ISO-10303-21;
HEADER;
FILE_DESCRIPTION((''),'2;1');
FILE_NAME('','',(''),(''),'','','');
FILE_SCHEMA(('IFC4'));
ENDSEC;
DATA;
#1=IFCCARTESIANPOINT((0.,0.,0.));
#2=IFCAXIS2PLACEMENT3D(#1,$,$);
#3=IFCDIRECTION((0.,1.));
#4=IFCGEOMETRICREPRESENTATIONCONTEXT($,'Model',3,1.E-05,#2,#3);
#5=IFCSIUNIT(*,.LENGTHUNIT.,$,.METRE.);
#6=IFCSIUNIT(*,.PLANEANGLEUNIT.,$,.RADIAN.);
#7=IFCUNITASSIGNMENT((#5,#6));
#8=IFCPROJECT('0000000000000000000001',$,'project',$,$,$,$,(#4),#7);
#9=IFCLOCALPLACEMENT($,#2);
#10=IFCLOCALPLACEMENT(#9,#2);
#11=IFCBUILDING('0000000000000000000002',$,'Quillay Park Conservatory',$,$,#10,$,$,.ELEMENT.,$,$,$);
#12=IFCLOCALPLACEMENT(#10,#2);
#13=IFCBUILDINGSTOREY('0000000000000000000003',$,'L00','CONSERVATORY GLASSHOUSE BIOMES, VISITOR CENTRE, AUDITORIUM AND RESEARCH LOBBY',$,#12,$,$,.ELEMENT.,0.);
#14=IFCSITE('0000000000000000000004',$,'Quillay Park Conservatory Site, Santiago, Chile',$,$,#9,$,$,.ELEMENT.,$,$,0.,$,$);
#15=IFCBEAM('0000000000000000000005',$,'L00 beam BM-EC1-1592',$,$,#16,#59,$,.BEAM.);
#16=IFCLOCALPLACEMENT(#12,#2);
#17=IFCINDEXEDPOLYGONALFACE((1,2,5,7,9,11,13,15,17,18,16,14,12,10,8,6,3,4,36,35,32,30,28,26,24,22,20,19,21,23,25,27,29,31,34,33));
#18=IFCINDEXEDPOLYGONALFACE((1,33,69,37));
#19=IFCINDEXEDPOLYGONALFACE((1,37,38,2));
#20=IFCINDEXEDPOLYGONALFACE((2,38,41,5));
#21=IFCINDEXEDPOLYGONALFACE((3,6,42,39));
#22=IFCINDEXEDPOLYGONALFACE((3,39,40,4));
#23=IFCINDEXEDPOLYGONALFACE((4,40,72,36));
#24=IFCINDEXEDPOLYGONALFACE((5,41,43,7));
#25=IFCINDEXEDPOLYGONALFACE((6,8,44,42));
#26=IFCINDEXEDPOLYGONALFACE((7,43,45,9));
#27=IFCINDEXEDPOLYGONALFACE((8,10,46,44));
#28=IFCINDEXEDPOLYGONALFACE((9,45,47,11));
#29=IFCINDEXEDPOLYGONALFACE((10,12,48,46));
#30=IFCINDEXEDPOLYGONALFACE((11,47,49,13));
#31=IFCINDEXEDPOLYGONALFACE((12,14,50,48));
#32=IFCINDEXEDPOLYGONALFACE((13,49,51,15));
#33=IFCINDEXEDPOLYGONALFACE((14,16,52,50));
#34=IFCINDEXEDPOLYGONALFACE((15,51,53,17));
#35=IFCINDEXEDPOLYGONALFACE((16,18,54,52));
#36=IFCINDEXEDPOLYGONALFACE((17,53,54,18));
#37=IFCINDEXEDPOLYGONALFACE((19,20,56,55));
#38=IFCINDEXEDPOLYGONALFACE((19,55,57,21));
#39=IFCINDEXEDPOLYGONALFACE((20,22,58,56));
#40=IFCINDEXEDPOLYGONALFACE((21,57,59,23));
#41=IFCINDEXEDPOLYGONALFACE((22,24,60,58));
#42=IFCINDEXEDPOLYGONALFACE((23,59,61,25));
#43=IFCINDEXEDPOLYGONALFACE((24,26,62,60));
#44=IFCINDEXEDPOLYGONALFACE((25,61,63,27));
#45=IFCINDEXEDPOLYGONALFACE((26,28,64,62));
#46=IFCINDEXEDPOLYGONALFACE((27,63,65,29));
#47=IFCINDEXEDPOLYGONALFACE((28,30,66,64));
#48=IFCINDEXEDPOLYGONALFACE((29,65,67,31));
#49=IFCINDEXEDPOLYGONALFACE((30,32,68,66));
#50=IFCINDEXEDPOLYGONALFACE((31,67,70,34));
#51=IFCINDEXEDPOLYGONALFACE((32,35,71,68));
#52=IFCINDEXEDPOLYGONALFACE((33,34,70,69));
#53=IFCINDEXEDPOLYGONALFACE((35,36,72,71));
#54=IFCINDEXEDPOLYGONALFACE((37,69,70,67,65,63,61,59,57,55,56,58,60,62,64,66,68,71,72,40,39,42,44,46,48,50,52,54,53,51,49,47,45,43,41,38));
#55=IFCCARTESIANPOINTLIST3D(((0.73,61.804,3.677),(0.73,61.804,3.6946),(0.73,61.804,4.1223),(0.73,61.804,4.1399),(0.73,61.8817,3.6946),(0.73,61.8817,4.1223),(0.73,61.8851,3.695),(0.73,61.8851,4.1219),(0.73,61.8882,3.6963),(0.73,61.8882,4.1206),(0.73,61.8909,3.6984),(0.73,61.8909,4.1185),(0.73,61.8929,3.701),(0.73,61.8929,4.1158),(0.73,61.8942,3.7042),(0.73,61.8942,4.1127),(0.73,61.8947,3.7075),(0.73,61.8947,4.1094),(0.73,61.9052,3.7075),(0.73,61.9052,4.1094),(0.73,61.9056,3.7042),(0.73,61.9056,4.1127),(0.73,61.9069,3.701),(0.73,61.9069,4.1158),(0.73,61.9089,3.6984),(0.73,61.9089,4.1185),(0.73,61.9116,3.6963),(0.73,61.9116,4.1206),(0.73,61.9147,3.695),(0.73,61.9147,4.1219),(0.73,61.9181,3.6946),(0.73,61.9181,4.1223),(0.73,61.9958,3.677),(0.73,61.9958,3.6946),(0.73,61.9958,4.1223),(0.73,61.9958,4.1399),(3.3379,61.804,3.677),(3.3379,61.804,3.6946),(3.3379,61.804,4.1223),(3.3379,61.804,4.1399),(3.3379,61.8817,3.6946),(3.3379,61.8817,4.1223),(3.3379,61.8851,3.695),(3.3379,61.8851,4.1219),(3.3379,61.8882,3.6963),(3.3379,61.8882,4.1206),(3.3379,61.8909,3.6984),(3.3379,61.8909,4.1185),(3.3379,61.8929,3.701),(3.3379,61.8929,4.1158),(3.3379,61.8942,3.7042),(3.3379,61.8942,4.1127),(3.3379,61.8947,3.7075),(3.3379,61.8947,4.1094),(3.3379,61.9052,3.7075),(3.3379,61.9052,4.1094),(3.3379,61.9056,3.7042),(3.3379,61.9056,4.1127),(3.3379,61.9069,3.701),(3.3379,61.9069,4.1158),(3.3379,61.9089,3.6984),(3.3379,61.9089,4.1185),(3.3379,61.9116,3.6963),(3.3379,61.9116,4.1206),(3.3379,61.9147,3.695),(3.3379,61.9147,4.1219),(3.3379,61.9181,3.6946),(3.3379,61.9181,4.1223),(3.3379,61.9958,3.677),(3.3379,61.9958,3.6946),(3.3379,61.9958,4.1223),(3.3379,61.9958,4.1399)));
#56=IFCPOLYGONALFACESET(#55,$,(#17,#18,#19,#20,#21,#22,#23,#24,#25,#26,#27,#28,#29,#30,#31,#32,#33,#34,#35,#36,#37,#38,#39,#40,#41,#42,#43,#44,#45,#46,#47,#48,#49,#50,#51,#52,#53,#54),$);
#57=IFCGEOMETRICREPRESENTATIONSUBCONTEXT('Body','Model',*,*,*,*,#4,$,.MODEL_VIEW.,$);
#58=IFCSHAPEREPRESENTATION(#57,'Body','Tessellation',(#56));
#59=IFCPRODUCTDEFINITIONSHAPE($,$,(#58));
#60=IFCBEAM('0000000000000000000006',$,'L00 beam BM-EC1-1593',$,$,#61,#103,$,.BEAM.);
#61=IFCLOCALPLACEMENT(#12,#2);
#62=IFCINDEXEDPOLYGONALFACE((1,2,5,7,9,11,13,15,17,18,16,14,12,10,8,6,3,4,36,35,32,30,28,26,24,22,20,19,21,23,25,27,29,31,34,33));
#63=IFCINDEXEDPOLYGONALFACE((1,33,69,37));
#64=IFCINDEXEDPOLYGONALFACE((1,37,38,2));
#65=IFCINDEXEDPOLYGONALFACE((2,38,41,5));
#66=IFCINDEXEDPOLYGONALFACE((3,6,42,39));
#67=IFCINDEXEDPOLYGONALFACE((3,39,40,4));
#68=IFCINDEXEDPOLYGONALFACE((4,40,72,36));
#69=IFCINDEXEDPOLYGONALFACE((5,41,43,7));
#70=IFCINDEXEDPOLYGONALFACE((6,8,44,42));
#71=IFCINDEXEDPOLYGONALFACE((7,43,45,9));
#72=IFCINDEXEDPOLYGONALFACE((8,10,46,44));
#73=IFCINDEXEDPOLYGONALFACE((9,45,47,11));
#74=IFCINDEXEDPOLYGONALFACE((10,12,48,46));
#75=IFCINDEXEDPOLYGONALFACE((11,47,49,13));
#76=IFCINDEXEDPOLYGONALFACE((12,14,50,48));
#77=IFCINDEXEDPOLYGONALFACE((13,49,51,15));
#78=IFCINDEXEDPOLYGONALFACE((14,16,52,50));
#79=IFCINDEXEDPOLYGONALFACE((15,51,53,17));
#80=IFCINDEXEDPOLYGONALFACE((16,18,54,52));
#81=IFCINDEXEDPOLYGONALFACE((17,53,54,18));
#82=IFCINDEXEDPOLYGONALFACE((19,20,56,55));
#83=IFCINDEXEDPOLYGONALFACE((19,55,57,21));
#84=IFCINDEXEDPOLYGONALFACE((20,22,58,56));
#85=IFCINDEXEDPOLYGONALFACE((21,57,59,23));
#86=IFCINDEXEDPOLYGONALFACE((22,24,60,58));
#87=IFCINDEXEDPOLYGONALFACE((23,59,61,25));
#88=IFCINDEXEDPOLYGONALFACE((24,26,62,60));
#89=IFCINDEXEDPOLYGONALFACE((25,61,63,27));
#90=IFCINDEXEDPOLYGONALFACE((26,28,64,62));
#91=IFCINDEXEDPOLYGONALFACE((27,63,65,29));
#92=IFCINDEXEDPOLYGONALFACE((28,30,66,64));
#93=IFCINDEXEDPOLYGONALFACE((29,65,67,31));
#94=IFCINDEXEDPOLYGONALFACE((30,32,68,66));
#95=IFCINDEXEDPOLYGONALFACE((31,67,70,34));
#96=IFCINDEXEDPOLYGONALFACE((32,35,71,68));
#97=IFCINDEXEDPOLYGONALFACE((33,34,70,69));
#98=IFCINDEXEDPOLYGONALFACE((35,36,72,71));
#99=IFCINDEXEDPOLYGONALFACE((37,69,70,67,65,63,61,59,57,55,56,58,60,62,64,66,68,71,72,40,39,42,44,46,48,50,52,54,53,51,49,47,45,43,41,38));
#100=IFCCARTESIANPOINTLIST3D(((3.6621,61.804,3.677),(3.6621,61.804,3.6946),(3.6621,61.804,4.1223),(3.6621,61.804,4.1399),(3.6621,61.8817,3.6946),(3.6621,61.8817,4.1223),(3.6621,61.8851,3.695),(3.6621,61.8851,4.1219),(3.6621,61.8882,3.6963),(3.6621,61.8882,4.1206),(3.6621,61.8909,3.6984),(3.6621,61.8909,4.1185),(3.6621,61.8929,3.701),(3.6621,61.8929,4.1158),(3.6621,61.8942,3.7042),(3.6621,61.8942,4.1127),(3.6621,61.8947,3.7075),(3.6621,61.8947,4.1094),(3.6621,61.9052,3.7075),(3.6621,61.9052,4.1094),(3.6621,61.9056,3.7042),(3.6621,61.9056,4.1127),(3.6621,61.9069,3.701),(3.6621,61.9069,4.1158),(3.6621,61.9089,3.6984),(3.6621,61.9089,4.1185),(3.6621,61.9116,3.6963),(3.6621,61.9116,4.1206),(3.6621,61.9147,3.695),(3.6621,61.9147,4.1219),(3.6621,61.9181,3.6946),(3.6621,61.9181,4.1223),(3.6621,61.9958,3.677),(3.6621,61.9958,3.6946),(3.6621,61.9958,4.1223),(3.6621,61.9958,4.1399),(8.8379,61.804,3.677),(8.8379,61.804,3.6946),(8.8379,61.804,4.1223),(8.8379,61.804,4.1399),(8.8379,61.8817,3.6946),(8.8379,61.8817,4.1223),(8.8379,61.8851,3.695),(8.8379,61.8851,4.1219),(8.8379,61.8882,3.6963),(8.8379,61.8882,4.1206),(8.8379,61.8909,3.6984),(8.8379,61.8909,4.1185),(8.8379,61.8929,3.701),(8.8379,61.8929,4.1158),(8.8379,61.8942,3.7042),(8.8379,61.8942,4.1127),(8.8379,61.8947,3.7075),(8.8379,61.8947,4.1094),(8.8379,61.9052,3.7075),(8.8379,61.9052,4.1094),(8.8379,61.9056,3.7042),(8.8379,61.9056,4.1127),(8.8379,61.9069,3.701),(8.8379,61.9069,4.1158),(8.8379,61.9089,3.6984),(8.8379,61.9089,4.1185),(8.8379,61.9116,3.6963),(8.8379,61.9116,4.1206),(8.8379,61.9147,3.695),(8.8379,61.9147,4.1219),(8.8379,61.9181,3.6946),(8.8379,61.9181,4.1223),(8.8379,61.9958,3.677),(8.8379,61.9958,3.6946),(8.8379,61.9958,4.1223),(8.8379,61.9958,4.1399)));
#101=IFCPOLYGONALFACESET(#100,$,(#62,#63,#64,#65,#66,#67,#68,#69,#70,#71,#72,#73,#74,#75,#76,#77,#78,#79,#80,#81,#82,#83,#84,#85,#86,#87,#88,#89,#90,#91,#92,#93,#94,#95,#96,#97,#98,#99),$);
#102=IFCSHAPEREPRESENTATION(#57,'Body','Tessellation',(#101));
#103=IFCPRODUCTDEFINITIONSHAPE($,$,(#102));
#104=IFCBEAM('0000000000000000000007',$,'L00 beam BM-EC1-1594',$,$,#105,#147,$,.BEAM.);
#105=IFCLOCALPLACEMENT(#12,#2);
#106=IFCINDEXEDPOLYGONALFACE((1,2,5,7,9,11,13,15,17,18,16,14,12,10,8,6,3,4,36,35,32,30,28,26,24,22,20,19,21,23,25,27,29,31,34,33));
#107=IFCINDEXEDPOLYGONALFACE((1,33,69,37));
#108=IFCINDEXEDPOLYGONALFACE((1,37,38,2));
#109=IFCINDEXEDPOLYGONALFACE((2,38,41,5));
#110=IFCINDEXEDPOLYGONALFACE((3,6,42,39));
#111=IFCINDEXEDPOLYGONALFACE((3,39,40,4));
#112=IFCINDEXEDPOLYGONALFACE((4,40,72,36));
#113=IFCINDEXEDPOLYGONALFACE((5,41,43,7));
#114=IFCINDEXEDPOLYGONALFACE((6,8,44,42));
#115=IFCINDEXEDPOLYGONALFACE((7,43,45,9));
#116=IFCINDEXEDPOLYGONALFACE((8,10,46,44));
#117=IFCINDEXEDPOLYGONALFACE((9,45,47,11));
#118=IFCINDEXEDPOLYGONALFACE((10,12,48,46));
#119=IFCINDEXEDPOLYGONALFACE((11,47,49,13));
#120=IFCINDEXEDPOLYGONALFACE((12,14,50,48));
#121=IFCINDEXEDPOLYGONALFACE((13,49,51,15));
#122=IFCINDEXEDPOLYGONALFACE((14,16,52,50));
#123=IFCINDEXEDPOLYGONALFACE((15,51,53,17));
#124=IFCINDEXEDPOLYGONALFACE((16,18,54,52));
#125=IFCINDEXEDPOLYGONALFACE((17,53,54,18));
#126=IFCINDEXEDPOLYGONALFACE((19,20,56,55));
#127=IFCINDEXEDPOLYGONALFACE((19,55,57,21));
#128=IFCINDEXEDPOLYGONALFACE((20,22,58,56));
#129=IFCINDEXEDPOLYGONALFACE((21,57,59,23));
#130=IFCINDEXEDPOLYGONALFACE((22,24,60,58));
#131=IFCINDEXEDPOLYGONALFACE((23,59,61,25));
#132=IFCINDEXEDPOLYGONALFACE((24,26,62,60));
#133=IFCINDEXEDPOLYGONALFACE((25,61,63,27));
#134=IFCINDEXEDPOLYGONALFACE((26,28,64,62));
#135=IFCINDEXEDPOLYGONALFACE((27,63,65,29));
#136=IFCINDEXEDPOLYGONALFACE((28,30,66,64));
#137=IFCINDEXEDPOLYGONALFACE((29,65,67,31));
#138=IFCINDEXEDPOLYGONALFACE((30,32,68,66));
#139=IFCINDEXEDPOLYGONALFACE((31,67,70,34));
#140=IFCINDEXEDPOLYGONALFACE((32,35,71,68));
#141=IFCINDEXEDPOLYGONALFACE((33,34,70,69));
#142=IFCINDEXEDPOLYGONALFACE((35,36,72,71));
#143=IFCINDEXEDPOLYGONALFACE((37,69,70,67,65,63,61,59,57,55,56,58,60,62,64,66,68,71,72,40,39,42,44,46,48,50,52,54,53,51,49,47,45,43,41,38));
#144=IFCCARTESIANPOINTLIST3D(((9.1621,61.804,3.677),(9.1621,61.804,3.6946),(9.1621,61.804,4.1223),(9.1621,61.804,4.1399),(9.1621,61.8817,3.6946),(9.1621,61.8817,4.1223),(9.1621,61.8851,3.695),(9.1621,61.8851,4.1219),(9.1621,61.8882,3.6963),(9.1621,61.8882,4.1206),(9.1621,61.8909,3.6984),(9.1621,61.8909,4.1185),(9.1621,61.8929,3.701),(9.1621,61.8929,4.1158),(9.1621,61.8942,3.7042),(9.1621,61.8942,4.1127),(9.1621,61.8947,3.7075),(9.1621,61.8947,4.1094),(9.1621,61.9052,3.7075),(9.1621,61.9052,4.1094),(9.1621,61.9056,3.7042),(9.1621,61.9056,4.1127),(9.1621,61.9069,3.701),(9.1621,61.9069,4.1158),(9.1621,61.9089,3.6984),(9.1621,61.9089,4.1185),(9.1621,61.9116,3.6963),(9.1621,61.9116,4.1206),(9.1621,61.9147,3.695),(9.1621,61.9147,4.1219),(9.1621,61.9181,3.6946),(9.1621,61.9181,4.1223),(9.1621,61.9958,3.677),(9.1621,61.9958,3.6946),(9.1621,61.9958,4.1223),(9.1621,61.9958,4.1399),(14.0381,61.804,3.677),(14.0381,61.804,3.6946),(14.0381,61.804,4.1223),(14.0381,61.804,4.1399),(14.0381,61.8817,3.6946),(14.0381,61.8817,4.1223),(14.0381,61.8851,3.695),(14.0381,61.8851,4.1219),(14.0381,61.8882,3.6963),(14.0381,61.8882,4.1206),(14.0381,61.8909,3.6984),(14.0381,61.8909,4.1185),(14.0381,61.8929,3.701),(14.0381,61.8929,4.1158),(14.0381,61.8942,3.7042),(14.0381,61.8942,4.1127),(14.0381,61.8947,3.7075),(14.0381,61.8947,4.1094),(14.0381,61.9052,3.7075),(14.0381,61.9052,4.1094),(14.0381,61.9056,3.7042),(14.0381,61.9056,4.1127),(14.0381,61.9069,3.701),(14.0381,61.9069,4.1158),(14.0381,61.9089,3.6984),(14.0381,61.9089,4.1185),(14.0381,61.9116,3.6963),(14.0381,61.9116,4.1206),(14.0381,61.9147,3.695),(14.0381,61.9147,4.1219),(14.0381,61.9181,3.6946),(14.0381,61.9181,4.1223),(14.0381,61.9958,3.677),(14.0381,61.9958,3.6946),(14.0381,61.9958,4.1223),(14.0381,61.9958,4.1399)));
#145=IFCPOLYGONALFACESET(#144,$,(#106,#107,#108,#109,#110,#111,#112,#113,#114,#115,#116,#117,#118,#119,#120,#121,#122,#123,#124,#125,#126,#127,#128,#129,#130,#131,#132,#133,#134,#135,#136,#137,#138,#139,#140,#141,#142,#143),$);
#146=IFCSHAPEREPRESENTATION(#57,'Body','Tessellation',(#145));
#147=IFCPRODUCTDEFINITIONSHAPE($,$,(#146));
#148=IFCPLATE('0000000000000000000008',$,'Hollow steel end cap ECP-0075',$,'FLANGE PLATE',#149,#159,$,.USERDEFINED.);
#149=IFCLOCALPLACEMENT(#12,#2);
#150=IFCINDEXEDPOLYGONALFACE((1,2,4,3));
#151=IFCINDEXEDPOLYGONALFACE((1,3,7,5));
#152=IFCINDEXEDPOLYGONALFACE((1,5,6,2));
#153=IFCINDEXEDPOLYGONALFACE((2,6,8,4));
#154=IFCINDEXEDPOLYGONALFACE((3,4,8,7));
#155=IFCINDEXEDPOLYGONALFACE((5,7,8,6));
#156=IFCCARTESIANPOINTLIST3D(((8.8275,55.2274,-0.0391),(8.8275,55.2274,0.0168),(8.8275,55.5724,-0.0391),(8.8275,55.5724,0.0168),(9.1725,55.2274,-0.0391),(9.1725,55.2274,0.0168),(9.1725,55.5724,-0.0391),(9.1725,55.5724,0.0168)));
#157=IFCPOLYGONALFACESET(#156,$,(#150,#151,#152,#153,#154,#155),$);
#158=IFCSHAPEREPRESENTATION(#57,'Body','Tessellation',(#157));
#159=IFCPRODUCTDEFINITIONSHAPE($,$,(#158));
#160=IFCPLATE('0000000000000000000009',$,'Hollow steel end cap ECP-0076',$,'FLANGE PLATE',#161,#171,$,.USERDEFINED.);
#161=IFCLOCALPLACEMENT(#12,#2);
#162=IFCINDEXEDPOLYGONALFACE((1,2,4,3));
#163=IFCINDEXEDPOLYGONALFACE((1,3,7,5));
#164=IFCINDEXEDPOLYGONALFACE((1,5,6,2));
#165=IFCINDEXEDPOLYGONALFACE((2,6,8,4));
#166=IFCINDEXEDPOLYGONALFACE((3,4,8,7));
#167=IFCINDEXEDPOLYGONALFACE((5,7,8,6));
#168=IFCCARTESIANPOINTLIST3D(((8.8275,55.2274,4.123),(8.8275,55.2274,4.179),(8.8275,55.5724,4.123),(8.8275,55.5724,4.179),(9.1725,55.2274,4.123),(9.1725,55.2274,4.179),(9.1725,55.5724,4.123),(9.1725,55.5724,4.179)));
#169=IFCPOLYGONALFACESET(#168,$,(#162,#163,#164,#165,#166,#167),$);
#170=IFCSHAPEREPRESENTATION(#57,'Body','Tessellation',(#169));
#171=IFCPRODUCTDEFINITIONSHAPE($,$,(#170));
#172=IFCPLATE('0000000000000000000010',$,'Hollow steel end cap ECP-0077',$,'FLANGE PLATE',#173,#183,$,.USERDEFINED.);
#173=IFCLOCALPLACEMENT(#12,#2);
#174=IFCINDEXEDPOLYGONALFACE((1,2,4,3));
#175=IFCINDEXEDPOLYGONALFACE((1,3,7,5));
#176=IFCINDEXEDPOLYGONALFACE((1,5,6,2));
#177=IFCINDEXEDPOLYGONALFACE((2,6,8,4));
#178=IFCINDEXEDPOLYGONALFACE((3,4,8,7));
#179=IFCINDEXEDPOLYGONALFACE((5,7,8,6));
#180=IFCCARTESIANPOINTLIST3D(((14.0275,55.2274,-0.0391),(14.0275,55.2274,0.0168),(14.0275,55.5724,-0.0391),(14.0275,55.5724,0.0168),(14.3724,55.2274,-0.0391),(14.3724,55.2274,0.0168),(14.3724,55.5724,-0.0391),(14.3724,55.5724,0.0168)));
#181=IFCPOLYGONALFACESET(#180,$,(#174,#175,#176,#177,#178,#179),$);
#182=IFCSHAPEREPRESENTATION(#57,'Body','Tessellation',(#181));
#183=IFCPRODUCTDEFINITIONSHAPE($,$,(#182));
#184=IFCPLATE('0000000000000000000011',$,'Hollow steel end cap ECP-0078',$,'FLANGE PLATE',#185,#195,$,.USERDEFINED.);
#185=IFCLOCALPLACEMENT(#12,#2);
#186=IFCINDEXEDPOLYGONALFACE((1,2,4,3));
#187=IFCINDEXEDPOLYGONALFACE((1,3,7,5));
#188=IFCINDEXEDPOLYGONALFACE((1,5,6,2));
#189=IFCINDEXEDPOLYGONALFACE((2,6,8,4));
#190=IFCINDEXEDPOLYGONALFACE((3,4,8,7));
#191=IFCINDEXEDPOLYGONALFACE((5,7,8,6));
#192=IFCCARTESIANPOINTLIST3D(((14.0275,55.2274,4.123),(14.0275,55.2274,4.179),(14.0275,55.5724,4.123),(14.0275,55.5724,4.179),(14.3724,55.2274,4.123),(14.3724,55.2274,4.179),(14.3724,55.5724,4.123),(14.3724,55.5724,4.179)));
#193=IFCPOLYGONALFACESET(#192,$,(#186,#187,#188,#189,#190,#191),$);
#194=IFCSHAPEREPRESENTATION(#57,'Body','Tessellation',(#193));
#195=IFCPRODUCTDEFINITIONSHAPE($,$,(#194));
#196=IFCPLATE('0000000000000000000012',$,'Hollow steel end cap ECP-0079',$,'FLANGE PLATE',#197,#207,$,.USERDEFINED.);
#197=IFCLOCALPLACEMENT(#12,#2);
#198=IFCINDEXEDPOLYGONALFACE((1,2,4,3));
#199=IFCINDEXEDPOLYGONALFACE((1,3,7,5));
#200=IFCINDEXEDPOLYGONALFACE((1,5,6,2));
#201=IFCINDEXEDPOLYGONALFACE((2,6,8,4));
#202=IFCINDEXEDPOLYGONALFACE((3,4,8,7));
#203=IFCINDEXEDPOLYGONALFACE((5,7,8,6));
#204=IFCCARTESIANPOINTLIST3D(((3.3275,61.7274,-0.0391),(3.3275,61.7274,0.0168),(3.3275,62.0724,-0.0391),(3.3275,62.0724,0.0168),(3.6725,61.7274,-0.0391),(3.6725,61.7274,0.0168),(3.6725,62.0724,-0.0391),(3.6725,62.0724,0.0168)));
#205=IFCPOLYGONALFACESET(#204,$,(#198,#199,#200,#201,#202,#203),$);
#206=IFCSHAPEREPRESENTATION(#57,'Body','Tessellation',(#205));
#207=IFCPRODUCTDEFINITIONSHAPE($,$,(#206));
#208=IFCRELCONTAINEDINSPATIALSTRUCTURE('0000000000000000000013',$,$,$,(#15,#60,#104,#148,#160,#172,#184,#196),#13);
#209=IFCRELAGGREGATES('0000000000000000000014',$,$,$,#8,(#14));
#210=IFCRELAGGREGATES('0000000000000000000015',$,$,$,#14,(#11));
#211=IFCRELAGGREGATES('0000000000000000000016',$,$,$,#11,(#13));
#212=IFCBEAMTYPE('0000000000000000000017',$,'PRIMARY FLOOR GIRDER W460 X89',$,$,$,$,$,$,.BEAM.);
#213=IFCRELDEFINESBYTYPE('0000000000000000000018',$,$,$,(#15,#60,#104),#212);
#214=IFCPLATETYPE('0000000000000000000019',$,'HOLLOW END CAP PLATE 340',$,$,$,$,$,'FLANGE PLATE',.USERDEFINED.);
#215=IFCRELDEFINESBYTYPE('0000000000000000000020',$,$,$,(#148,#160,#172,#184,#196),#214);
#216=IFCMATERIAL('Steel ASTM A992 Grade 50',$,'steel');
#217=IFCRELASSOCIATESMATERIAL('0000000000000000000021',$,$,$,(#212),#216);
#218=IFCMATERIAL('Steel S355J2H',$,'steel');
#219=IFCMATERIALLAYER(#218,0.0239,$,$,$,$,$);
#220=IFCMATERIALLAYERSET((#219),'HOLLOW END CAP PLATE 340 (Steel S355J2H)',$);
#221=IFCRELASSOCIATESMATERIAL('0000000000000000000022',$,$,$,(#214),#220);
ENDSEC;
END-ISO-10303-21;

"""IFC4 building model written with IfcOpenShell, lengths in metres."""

from ifc_helpers import new_model, si_unit, direction, frame, origin, origin_2d, place, context, subcontext, project, spatial, rectangle, i_section, extrude, material, layer, layer_set, material_profile, profile_set, type_object, element, save


model = new_model("IFC4")

# Units and contexts
model_context = context("Model", 3, precision=1e-05, world=origin(), true_north=direction((0.0, 1.0)))
body_context = subcontext(model_context, "Body", "Model", "MODEL_VIEW")
ifc_project = project(units=[si_unit("LENGTHUNIT", "METRE"), si_unit("PLANEANGLEUNIT", "RADIAN")], contexts=[model_context])

# Site, building, storey
site_placement = place(None, origin())
site = spatial("IfcSite", under=ifc_project, at=site_placement, Name="Quillay Park Conservatory Site, Santiago, Chile", CompositionType="ELEMENT", RefElevation=0.0)
building_placement = place(site_placement, origin())
building = spatial("IfcBuilding", under=site, at=building_placement, Name="Quillay Park Conservatory", CompositionType="ELEMENT")
storey_placement = place(building_placement, origin())
storey = spatial("IfcBuildingStorey", under=building, at=storey_placement, Name="L00", Description="CONSERVATORY GLASSHOUSE BIOMES, VISITOR CENTRE, AUDITORIUM AND RESEARCH LOBBY", CompositionType="ELEMENT", Elevation=0.0)

# Beams
ifc_material_1 = material(Name="Steel ASTM A992 Grade 50", Category="steel")
ifc_material_profile_1 = material_profile(ifc_material_1, i_section(OverallWidth=0.1919, OverallDepth=0.4629, WebThickness=0.0105, FlangeThickness=0.0176, FilletRadius=0.0129, at=origin_2d()), Name="W460x89")
ifc_profile_set_1 = profile_set([ifc_material_profile_1], Name="Steel ASTM A992 Grade 50")
beam_type_1 = type_object("IfcBeamType", Name="PRIMARY FLOOR GIRDER W460 X89", PredefinedType="BEAM", material=ifc_profile_set_1)
beam_1_placement = place(storey_placement, frame((0.73, 61.8999, 3.9084), z_axis=(1.0, 0.0, 0.0), x_axis=(0.0, 1.0, 0.0)))
element("IfcBeam", 1, at=beam_1_placement, inside=storey, type_object=beam_type_1, Name="L00 beam BM-EC1-1592", PredefinedType="BEAM", context=body_context, shape_type="SweptSolid", body=[
    extrude(i_section(OverallWidth=0.1919, OverallDepth=0.4629, WebThickness=0.0105, FlangeThickness=0.0176, FilletRadius=0.0129, at=origin_2d()), origin(), (0.0, 0.0, 1.0), 2.6079),
])
beam_2_placement = place(storey_placement, frame((3.6621, 61.8999, 3.9084), z_axis=(1.0, 0.0, 0.0), x_axis=(0.0, 1.0, 0.0)))
element("IfcBeam", 2, at=beam_2_placement, inside=storey, type_object=beam_type_1, Name="L00 beam BM-EC1-1593", PredefinedType="BEAM", context=body_context, shape_type="SweptSolid", body=[
    extrude(i_section(OverallWidth=0.1919, OverallDepth=0.4629, WebThickness=0.0105, FlangeThickness=0.0176, FilletRadius=0.0129, at=origin_2d()), origin(), (0.0, 0.0, 1.0), 5.1758),
])
beam_3_placement = place(storey_placement, frame((9.1621, 61.8999, 3.9084), z_axis=(1.0, 0.0, 0.0), x_axis=(0.0, 1.0, 0.0)))
element("IfcBeam", 3, at=beam_3_placement, inside=storey, type_object=beam_type_1, Name="L00 beam BM-EC1-1594", PredefinedType="BEAM", context=body_context, shape_type="SweptSolid", body=[
    extrude(i_section(OverallWidth=0.1919, OverallDepth=0.4629, WebThickness=0.0105, FlangeThickness=0.0176, FilletRadius=0.0129, at=origin_2d()), origin(), (0.0, 0.0, 1.0), 4.876),
])

# Plates
ifc_material_2 = material(Name="Steel S355J2H", Category="steel")
ifc_layer_1 = layer(ifc_material_2, 0.0239)
ifc_layer_set_1 = layer_set([ifc_layer_1], Name="HOLLOW END CAP PLATE 340 (Steel S355J2H)")
plate_type = type_object("IfcPlateType", Name="HOLLOW END CAP PLATE 340", ElementType="FLANGE PLATE", PredefinedType="USERDEFINED", material=ifc_layer_set_1)
for number, where, z_axis, x_axis, name in (
    (4, (9.0, 55.3999, -0.0391), (0.0, 0.0, 1.0), (1.0, 0.0, 0.0), "Hollow steel end cap ECP-0075"),
    (5, (9.0, 55.3999, 4.123), (0.0, 0.0, 1.0), (1.0, 0.0, 0.0), "Hollow steel end cap ECP-0076"),
    (6, (14.2, 55.3999, -0.0391), (0.0, 0.0, 1.0), (1.0, 0.0, 0.0), "Hollow steel end cap ECP-0077"),
    (7, (14.2, 55.3999, 4.123), (0.0, 0.0, 1.0), (1.0, 0.0, 0.0), "Hollow steel end cap ECP-0078"),
    (8, (3.5, 61.8999, -0.0391), (0.0, 0.0, 1.0), (1.0, 0.0, 0.0), "Hollow steel end cap ECP-0079"),
):
    element("IfcPlate", number, at=place(storey_placement, frame(where, z_axis=z_axis, x_axis=x_axis)), inside=storey, type_object=plate_type, Name=name, ObjectType="FLANGE PLATE", PredefinedType="USERDEFINED", context=body_context, shape_type="SweptSolid", body=[
        extrude(rectangle(XDim=0.345, YDim=0.345, at=origin_2d()), origin(), (0.0, 0.0, 1.0), 0.0559),
    ])

save(model, "model.ifc")
